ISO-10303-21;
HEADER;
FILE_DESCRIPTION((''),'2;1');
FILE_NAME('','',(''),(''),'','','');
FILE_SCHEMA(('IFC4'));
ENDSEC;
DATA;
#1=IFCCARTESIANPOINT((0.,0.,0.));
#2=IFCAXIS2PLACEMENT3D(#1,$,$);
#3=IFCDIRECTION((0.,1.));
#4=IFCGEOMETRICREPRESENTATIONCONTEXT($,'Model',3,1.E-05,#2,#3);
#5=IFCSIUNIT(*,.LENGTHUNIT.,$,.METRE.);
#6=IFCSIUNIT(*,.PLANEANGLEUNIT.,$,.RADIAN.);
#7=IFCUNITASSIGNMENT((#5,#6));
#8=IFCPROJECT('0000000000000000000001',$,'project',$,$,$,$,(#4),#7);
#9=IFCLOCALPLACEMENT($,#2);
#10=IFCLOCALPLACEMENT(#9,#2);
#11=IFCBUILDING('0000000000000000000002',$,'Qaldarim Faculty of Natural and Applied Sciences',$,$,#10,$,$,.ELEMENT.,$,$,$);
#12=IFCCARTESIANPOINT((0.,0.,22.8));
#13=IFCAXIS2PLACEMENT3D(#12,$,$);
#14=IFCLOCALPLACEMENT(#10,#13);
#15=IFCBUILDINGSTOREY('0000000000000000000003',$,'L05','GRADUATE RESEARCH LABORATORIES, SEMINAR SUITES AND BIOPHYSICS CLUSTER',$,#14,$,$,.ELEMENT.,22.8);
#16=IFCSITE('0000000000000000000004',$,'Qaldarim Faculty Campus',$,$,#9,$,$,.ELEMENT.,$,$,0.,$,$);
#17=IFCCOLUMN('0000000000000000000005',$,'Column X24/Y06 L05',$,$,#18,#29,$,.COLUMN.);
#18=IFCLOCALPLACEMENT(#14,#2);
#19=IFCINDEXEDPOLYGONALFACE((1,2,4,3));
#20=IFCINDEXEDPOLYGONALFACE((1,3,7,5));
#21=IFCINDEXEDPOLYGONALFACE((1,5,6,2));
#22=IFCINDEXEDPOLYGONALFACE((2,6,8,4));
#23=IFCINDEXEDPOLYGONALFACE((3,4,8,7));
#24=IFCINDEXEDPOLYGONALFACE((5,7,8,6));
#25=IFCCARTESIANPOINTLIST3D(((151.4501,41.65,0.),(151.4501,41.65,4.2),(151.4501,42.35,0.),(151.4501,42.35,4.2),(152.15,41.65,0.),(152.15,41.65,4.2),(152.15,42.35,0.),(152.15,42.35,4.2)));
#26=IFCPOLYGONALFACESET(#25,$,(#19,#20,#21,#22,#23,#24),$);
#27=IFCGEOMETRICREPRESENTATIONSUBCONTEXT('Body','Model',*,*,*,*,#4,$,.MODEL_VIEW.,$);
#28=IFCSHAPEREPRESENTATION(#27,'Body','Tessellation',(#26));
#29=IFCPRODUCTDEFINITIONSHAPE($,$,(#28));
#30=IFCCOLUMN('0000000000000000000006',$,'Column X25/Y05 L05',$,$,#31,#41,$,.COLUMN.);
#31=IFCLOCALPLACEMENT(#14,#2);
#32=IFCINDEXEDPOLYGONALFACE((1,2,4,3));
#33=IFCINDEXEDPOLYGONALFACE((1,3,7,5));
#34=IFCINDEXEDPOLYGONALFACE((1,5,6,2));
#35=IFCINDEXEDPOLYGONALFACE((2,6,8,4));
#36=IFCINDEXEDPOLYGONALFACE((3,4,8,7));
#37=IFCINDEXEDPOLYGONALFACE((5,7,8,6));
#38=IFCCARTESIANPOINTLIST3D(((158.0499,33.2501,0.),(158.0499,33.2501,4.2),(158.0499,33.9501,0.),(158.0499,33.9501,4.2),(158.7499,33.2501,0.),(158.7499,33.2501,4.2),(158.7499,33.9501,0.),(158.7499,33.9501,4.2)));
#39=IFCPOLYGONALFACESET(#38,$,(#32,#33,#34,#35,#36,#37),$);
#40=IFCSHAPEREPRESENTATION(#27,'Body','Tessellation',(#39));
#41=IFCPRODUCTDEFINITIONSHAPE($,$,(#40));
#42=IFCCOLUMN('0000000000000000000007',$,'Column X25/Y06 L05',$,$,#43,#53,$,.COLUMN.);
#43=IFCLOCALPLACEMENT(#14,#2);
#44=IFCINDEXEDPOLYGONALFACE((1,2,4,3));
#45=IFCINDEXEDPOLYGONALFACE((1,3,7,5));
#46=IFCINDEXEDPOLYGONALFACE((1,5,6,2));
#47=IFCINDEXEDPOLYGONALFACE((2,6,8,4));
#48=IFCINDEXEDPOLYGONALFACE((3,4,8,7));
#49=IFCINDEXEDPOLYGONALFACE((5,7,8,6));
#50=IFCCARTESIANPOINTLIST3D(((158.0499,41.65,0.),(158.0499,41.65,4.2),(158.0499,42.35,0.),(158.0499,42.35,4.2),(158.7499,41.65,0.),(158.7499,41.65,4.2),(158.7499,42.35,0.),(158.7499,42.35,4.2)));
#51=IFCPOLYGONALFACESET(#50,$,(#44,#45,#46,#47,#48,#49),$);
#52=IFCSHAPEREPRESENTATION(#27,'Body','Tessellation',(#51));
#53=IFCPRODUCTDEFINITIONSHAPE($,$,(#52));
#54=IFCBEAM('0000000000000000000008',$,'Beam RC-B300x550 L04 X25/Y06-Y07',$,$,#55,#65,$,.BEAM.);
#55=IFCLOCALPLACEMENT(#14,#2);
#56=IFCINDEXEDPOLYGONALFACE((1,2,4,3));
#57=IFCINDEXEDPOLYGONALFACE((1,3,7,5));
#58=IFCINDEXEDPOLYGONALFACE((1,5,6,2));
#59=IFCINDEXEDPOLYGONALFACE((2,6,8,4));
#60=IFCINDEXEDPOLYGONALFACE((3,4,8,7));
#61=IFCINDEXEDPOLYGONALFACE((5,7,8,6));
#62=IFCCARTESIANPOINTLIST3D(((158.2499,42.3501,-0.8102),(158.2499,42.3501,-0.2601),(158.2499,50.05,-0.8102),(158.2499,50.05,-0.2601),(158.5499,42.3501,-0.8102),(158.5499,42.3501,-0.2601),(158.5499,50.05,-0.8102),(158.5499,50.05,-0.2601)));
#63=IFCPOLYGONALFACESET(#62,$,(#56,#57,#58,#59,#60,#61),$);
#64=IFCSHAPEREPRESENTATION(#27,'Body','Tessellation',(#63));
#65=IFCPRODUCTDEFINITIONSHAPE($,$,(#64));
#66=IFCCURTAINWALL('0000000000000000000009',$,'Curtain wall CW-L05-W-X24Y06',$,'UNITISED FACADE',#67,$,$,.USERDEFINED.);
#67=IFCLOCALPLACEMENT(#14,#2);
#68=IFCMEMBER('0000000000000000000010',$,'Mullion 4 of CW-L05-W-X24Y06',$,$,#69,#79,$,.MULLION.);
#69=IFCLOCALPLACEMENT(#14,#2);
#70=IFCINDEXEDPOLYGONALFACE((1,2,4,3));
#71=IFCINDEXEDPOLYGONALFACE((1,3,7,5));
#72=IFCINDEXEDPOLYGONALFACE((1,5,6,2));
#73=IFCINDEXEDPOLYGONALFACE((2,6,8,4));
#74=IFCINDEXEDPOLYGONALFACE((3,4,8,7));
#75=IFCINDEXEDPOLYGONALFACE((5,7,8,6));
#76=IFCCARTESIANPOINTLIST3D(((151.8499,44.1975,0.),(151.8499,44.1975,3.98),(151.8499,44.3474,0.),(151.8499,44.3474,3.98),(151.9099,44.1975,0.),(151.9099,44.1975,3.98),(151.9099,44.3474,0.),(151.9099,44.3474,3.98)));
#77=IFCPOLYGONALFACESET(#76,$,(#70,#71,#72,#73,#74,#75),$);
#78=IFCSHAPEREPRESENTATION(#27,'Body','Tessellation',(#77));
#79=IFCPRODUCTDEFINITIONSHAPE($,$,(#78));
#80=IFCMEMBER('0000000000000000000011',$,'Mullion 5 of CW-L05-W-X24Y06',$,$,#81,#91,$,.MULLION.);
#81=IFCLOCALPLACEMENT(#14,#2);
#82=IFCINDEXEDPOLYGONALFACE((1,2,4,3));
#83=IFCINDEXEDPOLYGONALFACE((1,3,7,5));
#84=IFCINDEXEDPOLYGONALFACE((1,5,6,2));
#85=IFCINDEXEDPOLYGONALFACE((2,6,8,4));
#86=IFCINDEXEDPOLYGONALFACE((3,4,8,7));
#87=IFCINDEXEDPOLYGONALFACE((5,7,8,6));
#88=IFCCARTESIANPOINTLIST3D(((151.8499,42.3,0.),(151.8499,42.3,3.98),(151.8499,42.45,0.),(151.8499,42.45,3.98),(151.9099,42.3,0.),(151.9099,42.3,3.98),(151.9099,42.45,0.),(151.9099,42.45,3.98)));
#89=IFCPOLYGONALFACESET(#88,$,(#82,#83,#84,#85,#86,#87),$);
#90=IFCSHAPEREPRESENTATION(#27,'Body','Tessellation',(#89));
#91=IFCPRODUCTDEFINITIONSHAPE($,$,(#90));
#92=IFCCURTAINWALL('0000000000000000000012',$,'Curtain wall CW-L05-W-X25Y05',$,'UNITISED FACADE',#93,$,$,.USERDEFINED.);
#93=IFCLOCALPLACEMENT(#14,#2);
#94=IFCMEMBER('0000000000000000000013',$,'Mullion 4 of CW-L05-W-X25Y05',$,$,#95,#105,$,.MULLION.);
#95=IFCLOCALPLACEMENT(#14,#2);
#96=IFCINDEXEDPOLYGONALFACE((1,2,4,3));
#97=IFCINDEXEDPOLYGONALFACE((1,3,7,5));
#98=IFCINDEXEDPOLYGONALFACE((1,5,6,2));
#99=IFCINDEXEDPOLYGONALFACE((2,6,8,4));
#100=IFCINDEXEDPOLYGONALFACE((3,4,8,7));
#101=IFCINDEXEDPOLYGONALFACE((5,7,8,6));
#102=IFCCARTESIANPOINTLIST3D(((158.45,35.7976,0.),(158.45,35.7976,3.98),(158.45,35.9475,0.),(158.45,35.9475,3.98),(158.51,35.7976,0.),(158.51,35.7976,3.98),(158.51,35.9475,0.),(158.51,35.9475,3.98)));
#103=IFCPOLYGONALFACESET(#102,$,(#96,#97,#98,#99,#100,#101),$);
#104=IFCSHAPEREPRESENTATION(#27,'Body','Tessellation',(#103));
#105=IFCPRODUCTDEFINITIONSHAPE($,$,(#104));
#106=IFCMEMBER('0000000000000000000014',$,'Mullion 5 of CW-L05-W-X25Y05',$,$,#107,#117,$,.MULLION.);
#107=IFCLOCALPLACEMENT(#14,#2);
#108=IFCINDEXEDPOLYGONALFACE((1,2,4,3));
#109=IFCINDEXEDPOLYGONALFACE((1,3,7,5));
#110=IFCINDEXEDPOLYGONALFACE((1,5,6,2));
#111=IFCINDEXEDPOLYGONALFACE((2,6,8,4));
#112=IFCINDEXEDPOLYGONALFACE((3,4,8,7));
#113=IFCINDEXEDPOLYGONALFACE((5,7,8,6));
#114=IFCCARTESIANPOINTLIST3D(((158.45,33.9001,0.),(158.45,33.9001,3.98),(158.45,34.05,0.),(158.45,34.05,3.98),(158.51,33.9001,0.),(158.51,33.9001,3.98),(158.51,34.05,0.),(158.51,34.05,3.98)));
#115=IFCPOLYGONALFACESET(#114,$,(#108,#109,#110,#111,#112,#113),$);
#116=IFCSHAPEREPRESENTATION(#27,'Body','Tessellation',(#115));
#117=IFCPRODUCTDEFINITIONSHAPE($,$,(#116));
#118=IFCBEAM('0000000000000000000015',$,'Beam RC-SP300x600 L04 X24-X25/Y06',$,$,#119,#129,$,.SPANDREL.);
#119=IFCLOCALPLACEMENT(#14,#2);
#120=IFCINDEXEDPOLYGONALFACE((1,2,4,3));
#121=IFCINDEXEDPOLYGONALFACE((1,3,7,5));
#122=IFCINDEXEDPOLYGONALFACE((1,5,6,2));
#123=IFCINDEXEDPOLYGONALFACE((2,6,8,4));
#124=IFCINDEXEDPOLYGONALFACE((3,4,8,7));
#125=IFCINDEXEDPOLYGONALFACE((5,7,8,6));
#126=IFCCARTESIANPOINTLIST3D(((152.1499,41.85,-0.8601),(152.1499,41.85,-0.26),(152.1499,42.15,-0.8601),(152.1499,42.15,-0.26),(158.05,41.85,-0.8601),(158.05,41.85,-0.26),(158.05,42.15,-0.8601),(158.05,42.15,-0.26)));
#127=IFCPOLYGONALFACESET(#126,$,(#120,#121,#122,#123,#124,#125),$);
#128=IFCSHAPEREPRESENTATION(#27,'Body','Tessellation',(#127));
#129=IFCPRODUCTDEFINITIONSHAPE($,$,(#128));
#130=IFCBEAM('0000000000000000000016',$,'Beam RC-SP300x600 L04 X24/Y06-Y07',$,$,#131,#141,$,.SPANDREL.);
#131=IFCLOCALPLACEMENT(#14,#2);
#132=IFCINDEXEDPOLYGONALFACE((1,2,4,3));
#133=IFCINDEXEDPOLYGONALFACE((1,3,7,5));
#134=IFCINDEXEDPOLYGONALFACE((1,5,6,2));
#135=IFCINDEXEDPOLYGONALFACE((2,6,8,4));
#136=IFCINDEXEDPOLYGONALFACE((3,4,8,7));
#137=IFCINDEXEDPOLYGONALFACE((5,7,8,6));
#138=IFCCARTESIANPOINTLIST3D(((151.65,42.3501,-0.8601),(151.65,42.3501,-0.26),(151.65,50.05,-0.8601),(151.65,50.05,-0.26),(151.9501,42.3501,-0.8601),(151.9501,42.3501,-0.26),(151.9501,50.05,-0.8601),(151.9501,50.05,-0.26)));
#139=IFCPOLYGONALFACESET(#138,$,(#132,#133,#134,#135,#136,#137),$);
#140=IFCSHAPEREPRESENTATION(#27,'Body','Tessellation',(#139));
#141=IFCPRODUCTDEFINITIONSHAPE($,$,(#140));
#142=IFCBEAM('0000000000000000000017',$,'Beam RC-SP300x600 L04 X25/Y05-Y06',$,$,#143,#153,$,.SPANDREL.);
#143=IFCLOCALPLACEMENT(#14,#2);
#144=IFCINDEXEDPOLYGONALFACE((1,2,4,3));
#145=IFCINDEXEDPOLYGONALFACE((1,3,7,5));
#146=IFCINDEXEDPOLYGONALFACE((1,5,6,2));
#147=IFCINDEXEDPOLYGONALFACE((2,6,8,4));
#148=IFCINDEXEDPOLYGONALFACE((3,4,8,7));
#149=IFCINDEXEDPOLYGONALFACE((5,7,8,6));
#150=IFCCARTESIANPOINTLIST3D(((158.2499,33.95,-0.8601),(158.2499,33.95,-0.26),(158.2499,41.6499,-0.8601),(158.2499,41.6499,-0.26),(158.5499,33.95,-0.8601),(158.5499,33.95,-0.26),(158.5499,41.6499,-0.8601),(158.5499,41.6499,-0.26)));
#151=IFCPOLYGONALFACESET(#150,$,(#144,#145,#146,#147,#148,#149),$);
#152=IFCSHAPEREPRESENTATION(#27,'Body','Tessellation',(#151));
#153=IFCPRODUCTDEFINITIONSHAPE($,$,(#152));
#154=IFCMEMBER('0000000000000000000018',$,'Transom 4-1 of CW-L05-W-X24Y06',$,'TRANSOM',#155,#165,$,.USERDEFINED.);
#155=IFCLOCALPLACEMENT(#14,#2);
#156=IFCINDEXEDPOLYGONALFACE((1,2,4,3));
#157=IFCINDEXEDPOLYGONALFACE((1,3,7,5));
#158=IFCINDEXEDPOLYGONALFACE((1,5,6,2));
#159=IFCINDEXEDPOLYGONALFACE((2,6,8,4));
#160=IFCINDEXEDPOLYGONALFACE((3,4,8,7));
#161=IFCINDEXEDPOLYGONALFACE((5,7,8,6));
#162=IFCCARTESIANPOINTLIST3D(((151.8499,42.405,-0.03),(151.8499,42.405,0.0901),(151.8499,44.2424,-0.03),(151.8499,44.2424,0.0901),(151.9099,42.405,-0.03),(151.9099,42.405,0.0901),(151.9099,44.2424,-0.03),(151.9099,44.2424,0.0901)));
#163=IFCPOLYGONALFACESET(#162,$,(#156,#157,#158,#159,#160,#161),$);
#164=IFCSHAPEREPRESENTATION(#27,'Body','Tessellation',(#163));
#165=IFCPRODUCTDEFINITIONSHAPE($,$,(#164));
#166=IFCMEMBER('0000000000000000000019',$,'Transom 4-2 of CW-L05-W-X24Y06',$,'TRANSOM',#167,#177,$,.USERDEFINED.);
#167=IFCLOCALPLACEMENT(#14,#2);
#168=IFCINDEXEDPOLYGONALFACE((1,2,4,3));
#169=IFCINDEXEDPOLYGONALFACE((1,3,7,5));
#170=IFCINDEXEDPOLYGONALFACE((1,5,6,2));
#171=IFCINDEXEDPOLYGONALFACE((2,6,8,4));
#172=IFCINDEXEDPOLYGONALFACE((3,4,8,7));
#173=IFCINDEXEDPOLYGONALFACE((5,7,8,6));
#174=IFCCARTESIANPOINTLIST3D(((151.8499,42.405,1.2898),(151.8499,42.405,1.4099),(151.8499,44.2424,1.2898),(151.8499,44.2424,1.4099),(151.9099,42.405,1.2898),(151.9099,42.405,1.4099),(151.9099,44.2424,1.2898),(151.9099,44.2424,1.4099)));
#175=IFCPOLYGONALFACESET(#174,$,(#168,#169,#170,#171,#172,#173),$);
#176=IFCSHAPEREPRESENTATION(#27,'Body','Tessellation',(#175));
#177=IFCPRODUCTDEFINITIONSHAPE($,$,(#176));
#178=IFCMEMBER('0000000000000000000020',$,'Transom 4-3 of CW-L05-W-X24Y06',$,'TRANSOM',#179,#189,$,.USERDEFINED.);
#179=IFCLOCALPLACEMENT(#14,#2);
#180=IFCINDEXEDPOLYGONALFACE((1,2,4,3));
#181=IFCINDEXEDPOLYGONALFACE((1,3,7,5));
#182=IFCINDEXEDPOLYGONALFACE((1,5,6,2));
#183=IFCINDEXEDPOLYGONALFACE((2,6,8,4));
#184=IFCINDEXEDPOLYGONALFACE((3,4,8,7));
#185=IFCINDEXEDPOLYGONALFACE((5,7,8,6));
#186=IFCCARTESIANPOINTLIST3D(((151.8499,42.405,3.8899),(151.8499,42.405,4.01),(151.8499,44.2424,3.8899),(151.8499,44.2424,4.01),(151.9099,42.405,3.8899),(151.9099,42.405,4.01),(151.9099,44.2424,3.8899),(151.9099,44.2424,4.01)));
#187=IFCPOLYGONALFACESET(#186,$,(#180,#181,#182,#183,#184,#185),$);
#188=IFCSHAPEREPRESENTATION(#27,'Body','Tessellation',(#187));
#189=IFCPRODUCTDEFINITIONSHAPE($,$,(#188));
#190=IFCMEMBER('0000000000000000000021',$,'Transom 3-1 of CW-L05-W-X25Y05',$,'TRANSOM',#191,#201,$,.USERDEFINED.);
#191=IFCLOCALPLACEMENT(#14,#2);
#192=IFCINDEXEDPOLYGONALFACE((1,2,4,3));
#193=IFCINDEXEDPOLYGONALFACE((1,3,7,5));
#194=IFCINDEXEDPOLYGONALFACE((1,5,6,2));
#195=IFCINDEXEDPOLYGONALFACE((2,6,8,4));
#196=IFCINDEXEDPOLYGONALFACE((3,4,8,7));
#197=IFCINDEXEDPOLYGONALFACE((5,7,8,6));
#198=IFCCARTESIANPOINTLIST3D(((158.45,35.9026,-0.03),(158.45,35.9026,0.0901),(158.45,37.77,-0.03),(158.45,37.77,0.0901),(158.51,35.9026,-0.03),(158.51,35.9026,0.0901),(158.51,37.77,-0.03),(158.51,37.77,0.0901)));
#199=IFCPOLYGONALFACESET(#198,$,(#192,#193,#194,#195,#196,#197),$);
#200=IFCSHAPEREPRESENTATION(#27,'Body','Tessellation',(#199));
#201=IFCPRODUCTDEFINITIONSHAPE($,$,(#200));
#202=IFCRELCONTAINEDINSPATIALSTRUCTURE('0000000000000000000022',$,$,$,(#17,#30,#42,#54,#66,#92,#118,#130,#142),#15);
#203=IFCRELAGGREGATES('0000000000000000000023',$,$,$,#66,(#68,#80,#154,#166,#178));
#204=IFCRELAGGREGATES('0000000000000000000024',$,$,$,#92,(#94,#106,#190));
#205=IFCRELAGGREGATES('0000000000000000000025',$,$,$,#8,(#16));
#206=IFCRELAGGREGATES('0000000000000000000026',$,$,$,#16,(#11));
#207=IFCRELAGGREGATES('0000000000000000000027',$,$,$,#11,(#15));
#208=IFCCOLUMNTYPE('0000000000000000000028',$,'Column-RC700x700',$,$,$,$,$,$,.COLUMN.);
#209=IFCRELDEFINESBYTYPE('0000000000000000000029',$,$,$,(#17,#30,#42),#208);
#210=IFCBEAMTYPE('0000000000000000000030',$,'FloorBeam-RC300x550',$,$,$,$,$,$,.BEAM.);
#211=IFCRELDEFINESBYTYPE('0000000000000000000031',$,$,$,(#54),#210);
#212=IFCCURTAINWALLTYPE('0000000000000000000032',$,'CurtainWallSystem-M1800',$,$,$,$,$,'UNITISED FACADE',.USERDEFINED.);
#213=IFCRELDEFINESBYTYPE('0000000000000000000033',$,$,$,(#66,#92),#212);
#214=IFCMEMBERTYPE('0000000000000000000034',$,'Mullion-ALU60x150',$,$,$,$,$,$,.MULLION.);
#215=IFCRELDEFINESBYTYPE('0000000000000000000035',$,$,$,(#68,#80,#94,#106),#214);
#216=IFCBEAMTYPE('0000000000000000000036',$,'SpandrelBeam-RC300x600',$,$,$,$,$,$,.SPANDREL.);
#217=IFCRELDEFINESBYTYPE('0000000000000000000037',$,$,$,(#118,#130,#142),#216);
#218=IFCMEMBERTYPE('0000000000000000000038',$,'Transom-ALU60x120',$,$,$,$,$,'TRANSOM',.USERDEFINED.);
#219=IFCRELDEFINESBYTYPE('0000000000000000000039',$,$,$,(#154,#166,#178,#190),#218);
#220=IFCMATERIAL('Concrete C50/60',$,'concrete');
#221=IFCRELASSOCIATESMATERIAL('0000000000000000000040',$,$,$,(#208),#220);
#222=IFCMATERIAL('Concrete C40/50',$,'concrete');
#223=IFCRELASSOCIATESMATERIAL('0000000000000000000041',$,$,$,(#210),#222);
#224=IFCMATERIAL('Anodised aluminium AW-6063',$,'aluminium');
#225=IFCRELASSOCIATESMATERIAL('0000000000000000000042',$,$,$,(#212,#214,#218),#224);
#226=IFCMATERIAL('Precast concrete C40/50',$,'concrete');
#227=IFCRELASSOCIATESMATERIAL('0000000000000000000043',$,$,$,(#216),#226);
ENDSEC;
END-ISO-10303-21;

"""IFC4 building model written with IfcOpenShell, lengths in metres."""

from ifc_helpers import new_model, si_unit, direction, frame, origin, origin_2d, place, context, subcontext, project, spatial, rectangle, extrude, material, material_profile, profile_set, type_object, element, aggregate, save


model = new_model("IFC4")

# Units and contexts
model_context = context("Model", 3, precision=1e-05, world=origin(), true_north=direction((0.0, 1.0)))
body_context = subcontext(model_context, "Body", "Model", "MODEL_VIEW")
ifc_project = project(units=[si_unit("LENGTHUNIT", "METRE"), si_unit("PLANEANGLEUNIT", "RADIAN")], contexts=[model_context])

# Site, building, storey
site_placement = place(None, origin())
site = spatial("IfcSite", under=ifc_project, at=site_placement, Name="Qaldarim Faculty Campus", CompositionType="ELEMENT", RefElevation=0.0)
building_placement = place(site_placement, origin())
building = spatial("IfcBuilding", under=site, at=building_placement, Name="Qaldarim Faculty of Natural and Applied Sciences", CompositionType="ELEMENT")
storey_placement = place(building_placement, frame((0.0, 0.0, 22.8)))
storey = spatial("IfcBuildingStorey", under=building, at=storey_placement, Name="L05", Description="GRADUATE RESEARCH LABORATORIES, SEMINAR SUITES AND BIOPHYSICS CLUSTER", CompositionType="ELEMENT", Elevation=22.8)

# Columns
ifc_material_1 = material(Name="Concrete C50/60", Category="concrete")
ifc_material_profile_1 = material_profile(ifc_material_1, rectangle(XDim=0.7, YDim=0.7, at=origin_2d()), Name="RC-C700x700")
ifc_profile_set_1 = profile_set([ifc_material_profile_1], Name="Concrete C50/60")
column_type = type_object("IfcColumnType", Name="Column-RC700x700", PredefinedType="COLUMN", material=ifc_profile_set_1)
for number, where, z_axis, x_axis, name in (
    (1, (151.8, 42.0, 0.0), (0.0, 0.0, 1.0), (1.0, 0.0, 0.0), "Column X24/Y06 L05"),
    (2, (158.3999, 33.6001, 0.0), (0.0, 0.0, 1.0), (1.0, 0.0, 0.0), "Column X25/Y05 L05"),
    (3, (158.3999, 42.0, 0.0), (0.0, 0.0, 1.0), (1.0, 0.0, 0.0), "Column X25/Y06 L05"),
):
    element("IfcColumn", number, at=place(storey_placement, frame(where, z_axis=z_axis, x_axis=x_axis)), inside=storey, type_object=column_type, Name=name, PredefinedType="COLUMN", context=body_context, shape_type="SweptSolid", body=[
        extrude(rectangle(XDim=0.7, YDim=0.7, at=origin_2d()), origin(), (0.0, 0.0, 1.0), 4.2),
    ])

# Beam
ifc_material_2 = material(Name="Concrete C40/50", Category="concrete")
ifc_material_profile_2 = material_profile(ifc_material_2, rectangle(XDim=0.3, YDim=0.55, at=origin_2d()), Name="RC-B300x550")
ifc_profile_set_2 = profile_set([ifc_material_profile_2], Name="Concrete C40/50")
beam_type_1 = type_object("IfcBeamType", Name="FloorBeam-RC300x550", PredefinedType="BEAM", material=ifc_profile_set_2)
beam_1_placement = place(storey_placement, frame((158.3999, 42.3501, -0.5352), z_axis=(0.0, 1.0, 0.0), x_axis=(-1.0, 0.0, 0.0)))
element("IfcBeam", 4, at=beam_1_placement, inside=storey, type_object=beam_type_1, Name="Beam RC-B300x550 L04 X25/Y06-Y07", PredefinedType="BEAM", context=body_context, shape_type="SweptSolid", body=[
    extrude(rectangle(XDim=0.3, YDim=0.55, at=origin_2d()), origin(), (0.0, 0.0, 1.0), 7.7),
])

# Curtain walls, members
ifc_material_3 = material(Name="Anodised aluminium AW-6063", Category="aluminium")
curtain_wall_type = type_object("IfcCurtainWallType", Name="CurtainWallSystem-M1800", ElementType="UNITISED FACADE", PredefinedType="USERDEFINED", material=ifc_material_3)
curtain_wall_1_placement = place(storey_placement, origin())
curtain_wall_1 = element("IfcCurtainWall", 5, at=curtain_wall_1_placement, inside=storey, type_object=curtain_wall_type, Name="Curtain wall CW-L05-W-X24Y06", ObjectType="UNITISED FACADE", PredefinedType="USERDEFINED")
ifc_material_profile_3 = material_profile(ifc_material_3, rectangle(XDim=0.0601, YDim=0.1499, at=origin_2d()), Name="ALU-M60x150")
ifc_profile_set_3 = profile_set([ifc_material_profile_3], Name="Anodised aluminium AW-6063")
member_type_1 = type_object("IfcMemberType", Name="Mullion-ALU60x150", PredefinedType="MULLION", material=ifc_profile_set_3)
member_1_placement = place(storey_placement, frame((151.8799, 44.2725, 0.0), z_axis=(0.0, 0.0, 1.0), x_axis=(1.0, 0.0, 0.0)))
member_1 = element("IfcMember", 6, at=member_1_placement, type_object=member_type_1, Name="Mullion 4 of CW-L05-W-X24Y06", PredefinedType="MULLION", context=body_context, shape_type="SweptSolid", body=[
    extrude(rectangle(XDim=0.0601, YDim=0.1499, at=origin_2d()), origin(), (0.0, 0.0, 1.0), 3.98),
])
member_2_placement = place(storey_placement, frame((151.8799, 42.375, 0.0), z_axis=(0.0, 0.0, 1.0), x_axis=(1.0, 0.0, 0.0)))
member_2 = element("IfcMember", 7, at=member_2_placement, type_object=member_type_1, Name="Mullion 5 of CW-L05-W-X24Y06", PredefinedType="MULLION", context=body_context, shape_type="SweptSolid", body=[
    extrude(rectangle(XDim=0.0601, YDim=0.1499, at=origin_2d()), origin(), (0.0, 0.0, 1.0), 3.98),
])
curtain_wall_2_placement = place(storey_placement, origin())
curtain_wall_2 = element("IfcCurtainWall", 8, at=curtain_wall_2_placement, inside=storey, type_object=curtain_wall_type, Name="Curtain wall CW-L05-W-X25Y05", ObjectType="UNITISED FACADE", PredefinedType="USERDEFINED")
member_3_placement = place(storey_placement, frame((158.48, 35.8726, 0.0), z_axis=(0.0, 0.0, 1.0), x_axis=(1.0, 0.0, 0.0)))
member_3 = element("IfcMember", 9, at=member_3_placement, type_object=member_type_1, Name="Mullion 4 of CW-L05-W-X25Y05", PredefinedType="MULLION", context=body_context, shape_type="SweptSolid", body=[
    extrude(rectangle(XDim=0.0601, YDim=0.1499, at=origin_2d()), origin(), (0.0, 0.0, 1.0), 3.98),
])
member_4_placement = place(storey_placement, frame((158.48, 33.9751, 0.0), z_axis=(0.0, 0.0, 1.0), x_axis=(1.0, 0.0, 0.0)))
member_4 = element("IfcMember", 10, at=member_4_placement, type_object=member_type_1, Name="Mullion 5 of CW-L05-W-X25Y05", PredefinedType="MULLION", context=body_context, shape_type="SweptSolid", body=[
    extrude(rectangle(XDim=0.0601, YDim=0.1499, at=origin_2d()), origin(), (0.0, 0.0, 1.0), 3.98),
])

# Beams
ifc_material_4 = material(Name="Precast concrete C40/50", Category="concrete")
ifc_material_profile_4 = material_profile(ifc_material_4, rectangle(XDim=0.3, YDim=0.6001, at=origin_2d()), Name="RC-SP300x600")
ifc_profile_set_4 = profile_set([ifc_material_profile_4], Name="Precast concrete C40/50")
beam_type_2 = type_object("IfcBeamType", Name="SpandrelBeam-RC300x600", PredefinedType="SPANDREL", material=ifc_profile_set_4)
beam_2_placement = place(storey_placement, frame((152.1499, 42.0, -0.5601), z_axis=(1.0, 0.0, 0.0), x_axis=(0.0, 1.0, 0.0)))
element("IfcBeam", 11, at=beam_2_placement, inside=storey, type_object=beam_type_2, Name="Beam RC-SP300x600 L04 X24-X25/Y06", PredefinedType="SPANDREL", context=body_context, shape_type="SweptSolid", body=[
    extrude(rectangle(XDim=0.3, YDim=0.6001, at=origin_2d()), origin(), (0.0, 0.0, 1.0), 5.9001),
])
for number, where, z_axis, x_axis, name in (
    (12, (151.8, 42.3501, -0.5601), (0.0, 1.0, 0.0), (-1.0, 0.0, 0.0), "Beam RC-SP300x600 L04 X24/Y06-Y07"),
    (13, (158.3999, 33.95, -0.5601), (0.0, 1.0, 0.0), (-1.0, 0.0, 0.0), "Beam RC-SP300x600 L04 X25/Y05-Y06"),
):
    element("IfcBeam", number, at=place(storey_placement, frame(where, z_axis=z_axis, x_axis=x_axis)), inside=storey, type_object=beam_type_2, Name=name, PredefinedType="SPANDREL", context=body_context, shape_type="SweptSolid", body=[
        extrude(rectangle(XDim=0.3, YDim=0.6001, at=origin_2d()), origin(), (0.0, 0.0, 1.0), 7.7),
    ])

# Members
ifc_material_profile_5 = material_profile(ifc_material_3, rectangle(XDim=0.0601, YDim=0.1201, at=origin_2d()), Name="ALU-T60x120")
ifc_profile_set_5 = profile_set([ifc_material_profile_5], Name="Anodised aluminium AW-6063")
member_type_2 = type_object("IfcMemberType", Name="Transom-ALU60x120", ElementType="TRANSOM", PredefinedType="USERDEFINED", material=ifc_profile_set_5)
member_5_placement = place(storey_placement, frame((151.8799, 44.2424, 0.03), z_axis=(0.0, -1.0, 0.0), x_axis=(1.0, 0.0, 0.0)))
member_5 = element("IfcMember", 14, at=member_5_placement, type_object=member_type_2, Name="Transom 4-1 of CW-L05-W-X24Y06", ObjectType="TRANSOM", PredefinedType="USERDEFINED", context=body_context, shape_type="SweptSolid", body=[
    extrude(rectangle(XDim=0.0601, YDim=0.1201, at=origin_2d()), origin(), (0.0, 0.0, 1.0), 1.8374),
])
member_6_placement = place(storey_placement, frame((151.8799, 44.2424, 1.3499), z_axis=(0.0, -1.0, 0.0), x_axis=(1.0, 0.0, 0.0)))
member_6 = element("IfcMember", 15, at=member_6_placement, type_object=member_type_2, Name="Transom 4-2 of CW-L05-W-X24Y06", ObjectType="TRANSOM", PredefinedType="USERDEFINED", context=body_context, shape_type="SweptSolid", body=[
    extrude(rectangle(XDim=0.0601, YDim=0.1201, at=origin_2d()), origin(), (0.0, 0.0, 1.0), 1.8374),
])
member_7_placement = place(storey_placement, frame((151.8799, 44.2424, 3.95), z_axis=(0.0, -1.0, 0.0), x_axis=(1.0, 0.0, 0.0)))
member_7 = element("IfcMember", 16, at=member_7_placement, type_object=member_type_2, Name="Transom 4-3 of CW-L05-W-X24Y06", ObjectType="TRANSOM", PredefinedType="USERDEFINED", context=body_context, shape_type="SweptSolid", body=[
    extrude(rectangle(XDim=0.0601, YDim=0.1201, at=origin_2d()), origin(), (0.0, 0.0, 1.0), 1.8374),
])
member_8_placement = place(storey_placement, frame((158.48, 37.77, 0.03), z_axis=(0.0, -1.0, 0.0), x_axis=(1.0, 0.0, 0.0)))
member_8 = element("IfcMember", 17, at=member_8_placement, type_object=member_type_2, Name="Transom 3-1 of CW-L05-W-X25Y05", ObjectType="TRANSOM", PredefinedType="USERDEFINED", context=body_context, shape_type="SweptSolid", body=[
    extrude(rectangle(XDim=0.0601, YDim=0.1201, at=origin_2d()), origin(), (0.0, 0.0, 1.0), 1.8674),
])

aggregate(curtain_wall_1, [member_1, member_2, member_5, member_6, member_7])
aggregate(curtain_wall_2, [member_3, member_4, member_8])

save(model, "model.ifc")
